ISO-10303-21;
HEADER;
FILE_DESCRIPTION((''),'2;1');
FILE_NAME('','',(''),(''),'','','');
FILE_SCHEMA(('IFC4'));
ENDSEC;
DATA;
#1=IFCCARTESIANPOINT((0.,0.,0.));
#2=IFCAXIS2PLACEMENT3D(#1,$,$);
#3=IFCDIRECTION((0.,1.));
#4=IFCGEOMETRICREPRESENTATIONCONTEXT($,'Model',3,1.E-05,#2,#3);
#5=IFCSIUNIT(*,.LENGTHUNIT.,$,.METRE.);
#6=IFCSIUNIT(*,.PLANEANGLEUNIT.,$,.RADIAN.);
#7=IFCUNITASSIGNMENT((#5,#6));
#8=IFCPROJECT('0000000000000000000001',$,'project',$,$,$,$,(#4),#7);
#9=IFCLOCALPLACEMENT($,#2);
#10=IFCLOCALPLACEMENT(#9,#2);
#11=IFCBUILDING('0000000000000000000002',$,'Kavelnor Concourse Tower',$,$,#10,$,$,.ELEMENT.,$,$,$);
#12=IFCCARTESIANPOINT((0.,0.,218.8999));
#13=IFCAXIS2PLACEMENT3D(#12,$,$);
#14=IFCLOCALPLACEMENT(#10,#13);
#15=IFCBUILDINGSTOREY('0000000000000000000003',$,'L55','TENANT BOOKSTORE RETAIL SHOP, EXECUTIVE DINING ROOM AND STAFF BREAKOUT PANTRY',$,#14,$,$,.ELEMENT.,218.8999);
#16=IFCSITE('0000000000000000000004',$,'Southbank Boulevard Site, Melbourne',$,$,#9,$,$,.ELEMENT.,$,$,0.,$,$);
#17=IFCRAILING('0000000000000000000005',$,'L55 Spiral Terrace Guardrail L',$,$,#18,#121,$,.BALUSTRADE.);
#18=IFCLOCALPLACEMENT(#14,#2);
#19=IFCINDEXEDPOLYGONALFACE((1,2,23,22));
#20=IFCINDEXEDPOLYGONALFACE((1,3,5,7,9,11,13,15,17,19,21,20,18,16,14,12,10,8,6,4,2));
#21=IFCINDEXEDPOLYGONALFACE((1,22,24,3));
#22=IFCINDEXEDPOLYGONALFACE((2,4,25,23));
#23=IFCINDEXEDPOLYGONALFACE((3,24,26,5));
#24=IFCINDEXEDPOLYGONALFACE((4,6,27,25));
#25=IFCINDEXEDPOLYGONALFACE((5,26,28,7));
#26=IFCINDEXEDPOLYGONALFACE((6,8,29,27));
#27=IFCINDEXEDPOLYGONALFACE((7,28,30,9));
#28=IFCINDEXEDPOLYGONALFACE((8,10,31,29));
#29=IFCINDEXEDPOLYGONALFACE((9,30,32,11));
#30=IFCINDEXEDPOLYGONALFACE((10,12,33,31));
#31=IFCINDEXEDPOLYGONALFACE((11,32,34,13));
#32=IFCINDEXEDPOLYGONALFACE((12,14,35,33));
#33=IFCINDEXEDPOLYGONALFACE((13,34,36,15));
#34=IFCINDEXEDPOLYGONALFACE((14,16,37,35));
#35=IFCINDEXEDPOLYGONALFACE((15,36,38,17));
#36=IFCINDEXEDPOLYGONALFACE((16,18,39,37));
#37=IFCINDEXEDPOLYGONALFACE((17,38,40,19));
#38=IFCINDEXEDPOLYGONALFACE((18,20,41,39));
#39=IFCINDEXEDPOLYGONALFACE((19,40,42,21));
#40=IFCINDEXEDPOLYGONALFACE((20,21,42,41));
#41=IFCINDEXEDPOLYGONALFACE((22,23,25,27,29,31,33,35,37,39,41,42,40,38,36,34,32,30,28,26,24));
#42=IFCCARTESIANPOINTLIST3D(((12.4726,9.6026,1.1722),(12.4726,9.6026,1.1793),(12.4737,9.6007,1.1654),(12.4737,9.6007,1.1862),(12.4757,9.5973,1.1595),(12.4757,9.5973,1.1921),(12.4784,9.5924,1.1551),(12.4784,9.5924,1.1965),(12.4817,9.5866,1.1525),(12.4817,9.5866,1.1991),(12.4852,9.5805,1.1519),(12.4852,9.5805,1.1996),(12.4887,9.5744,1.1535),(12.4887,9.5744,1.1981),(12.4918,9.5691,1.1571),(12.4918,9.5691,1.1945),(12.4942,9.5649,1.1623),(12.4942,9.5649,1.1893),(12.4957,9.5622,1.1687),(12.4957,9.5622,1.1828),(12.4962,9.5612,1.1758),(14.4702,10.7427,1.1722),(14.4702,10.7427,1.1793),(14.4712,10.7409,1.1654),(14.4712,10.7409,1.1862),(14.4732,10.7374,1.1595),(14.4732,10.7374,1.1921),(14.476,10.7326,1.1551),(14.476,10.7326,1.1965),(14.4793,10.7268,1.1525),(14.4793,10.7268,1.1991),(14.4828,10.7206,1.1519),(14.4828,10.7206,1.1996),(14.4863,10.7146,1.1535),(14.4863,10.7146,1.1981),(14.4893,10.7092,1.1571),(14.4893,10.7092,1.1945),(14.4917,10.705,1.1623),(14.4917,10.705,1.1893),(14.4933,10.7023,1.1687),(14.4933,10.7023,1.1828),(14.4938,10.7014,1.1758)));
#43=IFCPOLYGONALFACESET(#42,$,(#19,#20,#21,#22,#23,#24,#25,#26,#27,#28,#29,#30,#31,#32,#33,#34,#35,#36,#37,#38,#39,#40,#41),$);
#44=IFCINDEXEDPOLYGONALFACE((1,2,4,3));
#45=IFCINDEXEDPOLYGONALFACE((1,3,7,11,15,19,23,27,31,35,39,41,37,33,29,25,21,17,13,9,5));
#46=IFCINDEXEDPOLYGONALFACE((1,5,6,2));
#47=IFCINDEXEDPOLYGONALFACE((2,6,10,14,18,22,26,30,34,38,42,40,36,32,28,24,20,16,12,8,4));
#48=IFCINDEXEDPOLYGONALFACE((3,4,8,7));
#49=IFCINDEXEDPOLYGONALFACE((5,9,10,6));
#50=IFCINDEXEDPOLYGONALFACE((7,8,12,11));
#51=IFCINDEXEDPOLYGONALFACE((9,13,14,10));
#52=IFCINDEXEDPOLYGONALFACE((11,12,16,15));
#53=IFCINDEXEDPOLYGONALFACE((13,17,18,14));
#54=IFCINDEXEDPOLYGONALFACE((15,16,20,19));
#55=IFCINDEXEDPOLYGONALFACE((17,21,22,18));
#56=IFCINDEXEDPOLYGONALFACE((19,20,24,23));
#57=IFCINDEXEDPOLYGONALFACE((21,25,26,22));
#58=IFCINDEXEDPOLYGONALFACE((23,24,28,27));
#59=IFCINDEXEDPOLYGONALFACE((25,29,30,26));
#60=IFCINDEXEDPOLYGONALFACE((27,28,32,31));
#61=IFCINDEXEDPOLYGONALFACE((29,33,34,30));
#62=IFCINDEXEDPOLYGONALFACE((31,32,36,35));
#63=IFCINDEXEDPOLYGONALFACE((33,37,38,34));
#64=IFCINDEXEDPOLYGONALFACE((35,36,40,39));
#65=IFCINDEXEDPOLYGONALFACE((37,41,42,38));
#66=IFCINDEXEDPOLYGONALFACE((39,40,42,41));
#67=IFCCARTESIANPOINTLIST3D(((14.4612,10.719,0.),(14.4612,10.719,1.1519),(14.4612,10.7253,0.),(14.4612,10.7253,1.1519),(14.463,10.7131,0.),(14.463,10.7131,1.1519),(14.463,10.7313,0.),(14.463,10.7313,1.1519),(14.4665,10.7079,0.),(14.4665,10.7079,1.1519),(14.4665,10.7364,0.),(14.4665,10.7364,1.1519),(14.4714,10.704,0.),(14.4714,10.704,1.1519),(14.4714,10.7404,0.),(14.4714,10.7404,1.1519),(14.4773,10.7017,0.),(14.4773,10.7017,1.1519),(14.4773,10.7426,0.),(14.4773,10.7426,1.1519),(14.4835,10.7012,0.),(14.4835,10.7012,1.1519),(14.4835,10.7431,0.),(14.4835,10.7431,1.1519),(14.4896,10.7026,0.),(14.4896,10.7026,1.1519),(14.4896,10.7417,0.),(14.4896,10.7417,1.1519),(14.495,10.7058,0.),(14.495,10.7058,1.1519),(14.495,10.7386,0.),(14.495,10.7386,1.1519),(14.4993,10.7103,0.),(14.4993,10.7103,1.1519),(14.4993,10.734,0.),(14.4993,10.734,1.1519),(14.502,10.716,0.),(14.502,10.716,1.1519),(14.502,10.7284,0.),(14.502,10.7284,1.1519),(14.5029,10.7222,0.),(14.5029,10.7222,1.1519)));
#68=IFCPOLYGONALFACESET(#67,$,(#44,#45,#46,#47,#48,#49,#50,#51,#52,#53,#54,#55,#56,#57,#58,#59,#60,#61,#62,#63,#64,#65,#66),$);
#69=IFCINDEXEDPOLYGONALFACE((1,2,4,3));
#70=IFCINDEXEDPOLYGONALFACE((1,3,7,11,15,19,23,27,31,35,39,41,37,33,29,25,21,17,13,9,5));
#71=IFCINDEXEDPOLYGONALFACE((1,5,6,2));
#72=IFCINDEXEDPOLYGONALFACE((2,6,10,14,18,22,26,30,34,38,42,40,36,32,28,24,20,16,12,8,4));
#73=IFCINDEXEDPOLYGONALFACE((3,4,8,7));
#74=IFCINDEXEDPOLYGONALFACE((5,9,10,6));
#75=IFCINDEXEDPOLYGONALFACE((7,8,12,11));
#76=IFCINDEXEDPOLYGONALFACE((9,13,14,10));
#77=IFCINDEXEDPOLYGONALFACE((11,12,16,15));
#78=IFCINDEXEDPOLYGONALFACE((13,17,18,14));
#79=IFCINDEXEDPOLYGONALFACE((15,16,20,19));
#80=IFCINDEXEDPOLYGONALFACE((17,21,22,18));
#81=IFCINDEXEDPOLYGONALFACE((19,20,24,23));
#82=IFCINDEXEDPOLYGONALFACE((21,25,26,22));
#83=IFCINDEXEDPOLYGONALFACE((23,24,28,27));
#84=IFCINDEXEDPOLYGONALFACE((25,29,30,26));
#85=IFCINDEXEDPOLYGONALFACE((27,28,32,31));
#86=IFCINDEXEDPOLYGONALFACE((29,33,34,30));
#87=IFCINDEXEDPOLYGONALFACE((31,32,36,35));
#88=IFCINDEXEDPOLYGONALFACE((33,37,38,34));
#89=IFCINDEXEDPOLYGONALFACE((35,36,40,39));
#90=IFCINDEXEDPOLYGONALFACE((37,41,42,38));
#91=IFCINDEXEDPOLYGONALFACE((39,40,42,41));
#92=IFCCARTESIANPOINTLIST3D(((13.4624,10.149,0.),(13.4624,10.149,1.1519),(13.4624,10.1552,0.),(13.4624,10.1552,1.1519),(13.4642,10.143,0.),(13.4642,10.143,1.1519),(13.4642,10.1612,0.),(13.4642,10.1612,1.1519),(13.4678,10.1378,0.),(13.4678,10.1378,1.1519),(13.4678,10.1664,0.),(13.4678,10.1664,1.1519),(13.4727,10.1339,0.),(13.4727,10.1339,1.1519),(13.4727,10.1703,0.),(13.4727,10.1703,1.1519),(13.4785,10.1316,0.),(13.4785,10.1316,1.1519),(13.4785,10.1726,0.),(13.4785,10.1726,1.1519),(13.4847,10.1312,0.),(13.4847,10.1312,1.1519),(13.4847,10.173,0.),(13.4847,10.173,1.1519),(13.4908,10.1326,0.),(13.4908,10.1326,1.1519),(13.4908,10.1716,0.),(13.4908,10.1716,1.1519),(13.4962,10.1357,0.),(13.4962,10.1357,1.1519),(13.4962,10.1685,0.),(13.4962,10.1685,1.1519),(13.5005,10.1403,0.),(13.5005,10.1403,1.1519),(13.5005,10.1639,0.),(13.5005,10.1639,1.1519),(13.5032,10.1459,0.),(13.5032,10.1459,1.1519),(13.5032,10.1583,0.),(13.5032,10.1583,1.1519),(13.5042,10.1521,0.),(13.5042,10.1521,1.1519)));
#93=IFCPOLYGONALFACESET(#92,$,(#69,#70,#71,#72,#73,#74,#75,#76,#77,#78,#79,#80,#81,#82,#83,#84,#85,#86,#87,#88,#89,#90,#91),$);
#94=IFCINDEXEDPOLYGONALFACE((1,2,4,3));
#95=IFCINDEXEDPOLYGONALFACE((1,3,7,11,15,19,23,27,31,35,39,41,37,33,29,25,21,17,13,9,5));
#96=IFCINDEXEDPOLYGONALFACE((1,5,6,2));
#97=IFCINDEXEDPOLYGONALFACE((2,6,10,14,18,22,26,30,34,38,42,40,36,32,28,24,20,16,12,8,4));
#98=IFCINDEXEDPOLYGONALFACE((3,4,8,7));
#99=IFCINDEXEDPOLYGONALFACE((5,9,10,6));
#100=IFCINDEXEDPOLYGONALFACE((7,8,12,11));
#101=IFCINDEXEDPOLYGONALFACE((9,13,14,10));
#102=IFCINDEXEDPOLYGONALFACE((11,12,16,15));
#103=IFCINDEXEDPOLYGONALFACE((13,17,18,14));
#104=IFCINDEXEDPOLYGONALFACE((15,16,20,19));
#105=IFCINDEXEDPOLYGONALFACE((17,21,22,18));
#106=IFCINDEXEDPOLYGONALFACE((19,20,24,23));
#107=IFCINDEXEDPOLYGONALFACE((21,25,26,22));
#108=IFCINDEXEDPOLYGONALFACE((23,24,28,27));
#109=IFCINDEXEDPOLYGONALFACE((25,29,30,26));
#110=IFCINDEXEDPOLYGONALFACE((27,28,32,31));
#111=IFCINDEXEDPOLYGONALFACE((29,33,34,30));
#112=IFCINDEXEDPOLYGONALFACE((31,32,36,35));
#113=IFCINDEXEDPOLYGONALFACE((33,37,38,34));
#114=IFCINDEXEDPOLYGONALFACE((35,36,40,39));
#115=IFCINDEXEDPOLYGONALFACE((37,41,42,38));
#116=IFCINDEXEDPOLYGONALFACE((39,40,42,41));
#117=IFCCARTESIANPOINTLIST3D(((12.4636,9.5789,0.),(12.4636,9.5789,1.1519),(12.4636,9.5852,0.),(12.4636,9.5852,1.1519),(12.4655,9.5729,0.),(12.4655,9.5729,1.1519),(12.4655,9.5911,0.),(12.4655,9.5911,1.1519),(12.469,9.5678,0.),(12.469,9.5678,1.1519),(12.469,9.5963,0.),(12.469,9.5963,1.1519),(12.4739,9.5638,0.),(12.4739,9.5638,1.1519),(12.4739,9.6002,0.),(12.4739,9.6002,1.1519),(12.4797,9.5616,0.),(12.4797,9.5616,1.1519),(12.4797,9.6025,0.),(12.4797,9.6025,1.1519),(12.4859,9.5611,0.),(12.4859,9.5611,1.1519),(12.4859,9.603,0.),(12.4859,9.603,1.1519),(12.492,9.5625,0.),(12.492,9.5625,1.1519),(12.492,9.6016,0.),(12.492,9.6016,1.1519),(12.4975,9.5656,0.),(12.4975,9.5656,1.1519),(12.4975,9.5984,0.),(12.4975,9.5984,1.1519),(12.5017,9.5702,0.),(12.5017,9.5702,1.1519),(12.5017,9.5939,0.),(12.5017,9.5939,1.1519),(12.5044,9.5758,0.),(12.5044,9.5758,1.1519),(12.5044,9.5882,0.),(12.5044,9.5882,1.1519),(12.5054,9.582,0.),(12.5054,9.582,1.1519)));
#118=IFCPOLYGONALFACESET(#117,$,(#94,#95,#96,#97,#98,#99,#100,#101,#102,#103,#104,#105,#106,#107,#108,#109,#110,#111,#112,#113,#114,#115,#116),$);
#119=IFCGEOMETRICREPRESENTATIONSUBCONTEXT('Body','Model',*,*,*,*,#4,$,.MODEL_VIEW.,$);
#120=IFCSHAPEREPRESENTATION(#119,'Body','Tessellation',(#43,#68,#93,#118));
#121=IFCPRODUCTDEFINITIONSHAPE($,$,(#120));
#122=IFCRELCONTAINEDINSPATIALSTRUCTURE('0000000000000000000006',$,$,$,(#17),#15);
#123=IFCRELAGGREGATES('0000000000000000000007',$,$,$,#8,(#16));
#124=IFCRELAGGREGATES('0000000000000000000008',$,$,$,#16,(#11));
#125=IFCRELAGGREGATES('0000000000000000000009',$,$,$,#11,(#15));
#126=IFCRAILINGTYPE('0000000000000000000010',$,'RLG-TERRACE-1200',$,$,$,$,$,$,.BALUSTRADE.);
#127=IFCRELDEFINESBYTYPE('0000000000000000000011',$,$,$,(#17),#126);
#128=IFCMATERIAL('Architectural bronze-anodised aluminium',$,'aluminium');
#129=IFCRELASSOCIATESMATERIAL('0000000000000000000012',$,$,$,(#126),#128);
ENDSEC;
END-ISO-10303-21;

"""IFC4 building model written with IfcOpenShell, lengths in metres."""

from ifc_helpers import new_model, si_unit, direction, frame, origin, origin_2d, place, context, subcontext, project, spatial, circle, extrude, material, type_object, element, save


model = new_model("IFC4")

# Units and contexts
model_context = context("Model", 3, precision=1e-05, world=origin(), true_north=direction((0.0, 1.0)))
body_context = subcontext(model_context, "Body", "Model", "MODEL_VIEW")
ifc_project = project(units=[si_unit("LENGTHUNIT", "METRE"), si_unit("PLANEANGLEUNIT", "RADIAN")], contexts=[model_context])

# Site, building, storey
site_placement = place(None, origin())
site = spatial("IfcSite", under=ifc_project, at=site_placement, Name="Southbank Boulevard Site, Melbourne", CompositionType="ELEMENT", RefElevation=0.0)
building_placement = place(site_placement, origin())
building = spatial("IfcBuilding", under=site, at=building_placement, Name="Kavelnor Concourse Tower", CompositionType="ELEMENT")
storey_placement = place(building_placement, frame((0.0, 0.0, 218.8999)))
storey = spatial("IfcBuildingStorey", under=building, at=storey_placement, Name="L55", Description="TENANT BOOKSTORE RETAIL SHOP, EXECUTIVE DINING ROOM AND STAFF BREAKOUT PANTRY", CompositionType="ELEMENT", Elevation=218.8999)

# Railing
ifc_material_1 = material(Name="Architectural bronze-anodised aluminium", Category="aluminium")
railing_type = type_object("IfcRailingType", Name="RLG-TERRACE-1200", PredefinedType="BALUSTRADE", material=ifc_material_1)
railing_1_placement = place(storey_placement, frame((14.4819, 10.7222, 0.0)))
element("IfcRailing", 1, at=railing_1_placement, inside=storey, type_object=railing_type, Name="L55 Spiral Terrace Guardrail L", PredefinedType="BALUSTRADE", context=body_context, shape_type="SweptSolid", body=[
    extrude(circle(Radius=0.0239, at=origin_2d()), frame((0.0, 0.0, 1.1758), z_axis=(-0.868491, -0.495704, 0.0), x_axis=(0.495704, -0.868491, 0.0)), (0.0, 0.0, 1.0), 2.3),
    extrude(circle(Radius=0.021, at=origin_2d()), origin(), (0.0, 0.0, 1.0), 1.1519),
    extrude(circle(Radius=0.021, at=origin_2d()), frame((-0.9988, -0.5701, 0.0)), (0.0, 0.0, 1.0), 1.1519),
    extrude(circle(Radius=0.021, at=origin_2d()), frame((-1.9976, -1.1401, 0.0)), (0.0, 0.0, 1.0), 1.1519),
])

save(model, "model.ifc")
